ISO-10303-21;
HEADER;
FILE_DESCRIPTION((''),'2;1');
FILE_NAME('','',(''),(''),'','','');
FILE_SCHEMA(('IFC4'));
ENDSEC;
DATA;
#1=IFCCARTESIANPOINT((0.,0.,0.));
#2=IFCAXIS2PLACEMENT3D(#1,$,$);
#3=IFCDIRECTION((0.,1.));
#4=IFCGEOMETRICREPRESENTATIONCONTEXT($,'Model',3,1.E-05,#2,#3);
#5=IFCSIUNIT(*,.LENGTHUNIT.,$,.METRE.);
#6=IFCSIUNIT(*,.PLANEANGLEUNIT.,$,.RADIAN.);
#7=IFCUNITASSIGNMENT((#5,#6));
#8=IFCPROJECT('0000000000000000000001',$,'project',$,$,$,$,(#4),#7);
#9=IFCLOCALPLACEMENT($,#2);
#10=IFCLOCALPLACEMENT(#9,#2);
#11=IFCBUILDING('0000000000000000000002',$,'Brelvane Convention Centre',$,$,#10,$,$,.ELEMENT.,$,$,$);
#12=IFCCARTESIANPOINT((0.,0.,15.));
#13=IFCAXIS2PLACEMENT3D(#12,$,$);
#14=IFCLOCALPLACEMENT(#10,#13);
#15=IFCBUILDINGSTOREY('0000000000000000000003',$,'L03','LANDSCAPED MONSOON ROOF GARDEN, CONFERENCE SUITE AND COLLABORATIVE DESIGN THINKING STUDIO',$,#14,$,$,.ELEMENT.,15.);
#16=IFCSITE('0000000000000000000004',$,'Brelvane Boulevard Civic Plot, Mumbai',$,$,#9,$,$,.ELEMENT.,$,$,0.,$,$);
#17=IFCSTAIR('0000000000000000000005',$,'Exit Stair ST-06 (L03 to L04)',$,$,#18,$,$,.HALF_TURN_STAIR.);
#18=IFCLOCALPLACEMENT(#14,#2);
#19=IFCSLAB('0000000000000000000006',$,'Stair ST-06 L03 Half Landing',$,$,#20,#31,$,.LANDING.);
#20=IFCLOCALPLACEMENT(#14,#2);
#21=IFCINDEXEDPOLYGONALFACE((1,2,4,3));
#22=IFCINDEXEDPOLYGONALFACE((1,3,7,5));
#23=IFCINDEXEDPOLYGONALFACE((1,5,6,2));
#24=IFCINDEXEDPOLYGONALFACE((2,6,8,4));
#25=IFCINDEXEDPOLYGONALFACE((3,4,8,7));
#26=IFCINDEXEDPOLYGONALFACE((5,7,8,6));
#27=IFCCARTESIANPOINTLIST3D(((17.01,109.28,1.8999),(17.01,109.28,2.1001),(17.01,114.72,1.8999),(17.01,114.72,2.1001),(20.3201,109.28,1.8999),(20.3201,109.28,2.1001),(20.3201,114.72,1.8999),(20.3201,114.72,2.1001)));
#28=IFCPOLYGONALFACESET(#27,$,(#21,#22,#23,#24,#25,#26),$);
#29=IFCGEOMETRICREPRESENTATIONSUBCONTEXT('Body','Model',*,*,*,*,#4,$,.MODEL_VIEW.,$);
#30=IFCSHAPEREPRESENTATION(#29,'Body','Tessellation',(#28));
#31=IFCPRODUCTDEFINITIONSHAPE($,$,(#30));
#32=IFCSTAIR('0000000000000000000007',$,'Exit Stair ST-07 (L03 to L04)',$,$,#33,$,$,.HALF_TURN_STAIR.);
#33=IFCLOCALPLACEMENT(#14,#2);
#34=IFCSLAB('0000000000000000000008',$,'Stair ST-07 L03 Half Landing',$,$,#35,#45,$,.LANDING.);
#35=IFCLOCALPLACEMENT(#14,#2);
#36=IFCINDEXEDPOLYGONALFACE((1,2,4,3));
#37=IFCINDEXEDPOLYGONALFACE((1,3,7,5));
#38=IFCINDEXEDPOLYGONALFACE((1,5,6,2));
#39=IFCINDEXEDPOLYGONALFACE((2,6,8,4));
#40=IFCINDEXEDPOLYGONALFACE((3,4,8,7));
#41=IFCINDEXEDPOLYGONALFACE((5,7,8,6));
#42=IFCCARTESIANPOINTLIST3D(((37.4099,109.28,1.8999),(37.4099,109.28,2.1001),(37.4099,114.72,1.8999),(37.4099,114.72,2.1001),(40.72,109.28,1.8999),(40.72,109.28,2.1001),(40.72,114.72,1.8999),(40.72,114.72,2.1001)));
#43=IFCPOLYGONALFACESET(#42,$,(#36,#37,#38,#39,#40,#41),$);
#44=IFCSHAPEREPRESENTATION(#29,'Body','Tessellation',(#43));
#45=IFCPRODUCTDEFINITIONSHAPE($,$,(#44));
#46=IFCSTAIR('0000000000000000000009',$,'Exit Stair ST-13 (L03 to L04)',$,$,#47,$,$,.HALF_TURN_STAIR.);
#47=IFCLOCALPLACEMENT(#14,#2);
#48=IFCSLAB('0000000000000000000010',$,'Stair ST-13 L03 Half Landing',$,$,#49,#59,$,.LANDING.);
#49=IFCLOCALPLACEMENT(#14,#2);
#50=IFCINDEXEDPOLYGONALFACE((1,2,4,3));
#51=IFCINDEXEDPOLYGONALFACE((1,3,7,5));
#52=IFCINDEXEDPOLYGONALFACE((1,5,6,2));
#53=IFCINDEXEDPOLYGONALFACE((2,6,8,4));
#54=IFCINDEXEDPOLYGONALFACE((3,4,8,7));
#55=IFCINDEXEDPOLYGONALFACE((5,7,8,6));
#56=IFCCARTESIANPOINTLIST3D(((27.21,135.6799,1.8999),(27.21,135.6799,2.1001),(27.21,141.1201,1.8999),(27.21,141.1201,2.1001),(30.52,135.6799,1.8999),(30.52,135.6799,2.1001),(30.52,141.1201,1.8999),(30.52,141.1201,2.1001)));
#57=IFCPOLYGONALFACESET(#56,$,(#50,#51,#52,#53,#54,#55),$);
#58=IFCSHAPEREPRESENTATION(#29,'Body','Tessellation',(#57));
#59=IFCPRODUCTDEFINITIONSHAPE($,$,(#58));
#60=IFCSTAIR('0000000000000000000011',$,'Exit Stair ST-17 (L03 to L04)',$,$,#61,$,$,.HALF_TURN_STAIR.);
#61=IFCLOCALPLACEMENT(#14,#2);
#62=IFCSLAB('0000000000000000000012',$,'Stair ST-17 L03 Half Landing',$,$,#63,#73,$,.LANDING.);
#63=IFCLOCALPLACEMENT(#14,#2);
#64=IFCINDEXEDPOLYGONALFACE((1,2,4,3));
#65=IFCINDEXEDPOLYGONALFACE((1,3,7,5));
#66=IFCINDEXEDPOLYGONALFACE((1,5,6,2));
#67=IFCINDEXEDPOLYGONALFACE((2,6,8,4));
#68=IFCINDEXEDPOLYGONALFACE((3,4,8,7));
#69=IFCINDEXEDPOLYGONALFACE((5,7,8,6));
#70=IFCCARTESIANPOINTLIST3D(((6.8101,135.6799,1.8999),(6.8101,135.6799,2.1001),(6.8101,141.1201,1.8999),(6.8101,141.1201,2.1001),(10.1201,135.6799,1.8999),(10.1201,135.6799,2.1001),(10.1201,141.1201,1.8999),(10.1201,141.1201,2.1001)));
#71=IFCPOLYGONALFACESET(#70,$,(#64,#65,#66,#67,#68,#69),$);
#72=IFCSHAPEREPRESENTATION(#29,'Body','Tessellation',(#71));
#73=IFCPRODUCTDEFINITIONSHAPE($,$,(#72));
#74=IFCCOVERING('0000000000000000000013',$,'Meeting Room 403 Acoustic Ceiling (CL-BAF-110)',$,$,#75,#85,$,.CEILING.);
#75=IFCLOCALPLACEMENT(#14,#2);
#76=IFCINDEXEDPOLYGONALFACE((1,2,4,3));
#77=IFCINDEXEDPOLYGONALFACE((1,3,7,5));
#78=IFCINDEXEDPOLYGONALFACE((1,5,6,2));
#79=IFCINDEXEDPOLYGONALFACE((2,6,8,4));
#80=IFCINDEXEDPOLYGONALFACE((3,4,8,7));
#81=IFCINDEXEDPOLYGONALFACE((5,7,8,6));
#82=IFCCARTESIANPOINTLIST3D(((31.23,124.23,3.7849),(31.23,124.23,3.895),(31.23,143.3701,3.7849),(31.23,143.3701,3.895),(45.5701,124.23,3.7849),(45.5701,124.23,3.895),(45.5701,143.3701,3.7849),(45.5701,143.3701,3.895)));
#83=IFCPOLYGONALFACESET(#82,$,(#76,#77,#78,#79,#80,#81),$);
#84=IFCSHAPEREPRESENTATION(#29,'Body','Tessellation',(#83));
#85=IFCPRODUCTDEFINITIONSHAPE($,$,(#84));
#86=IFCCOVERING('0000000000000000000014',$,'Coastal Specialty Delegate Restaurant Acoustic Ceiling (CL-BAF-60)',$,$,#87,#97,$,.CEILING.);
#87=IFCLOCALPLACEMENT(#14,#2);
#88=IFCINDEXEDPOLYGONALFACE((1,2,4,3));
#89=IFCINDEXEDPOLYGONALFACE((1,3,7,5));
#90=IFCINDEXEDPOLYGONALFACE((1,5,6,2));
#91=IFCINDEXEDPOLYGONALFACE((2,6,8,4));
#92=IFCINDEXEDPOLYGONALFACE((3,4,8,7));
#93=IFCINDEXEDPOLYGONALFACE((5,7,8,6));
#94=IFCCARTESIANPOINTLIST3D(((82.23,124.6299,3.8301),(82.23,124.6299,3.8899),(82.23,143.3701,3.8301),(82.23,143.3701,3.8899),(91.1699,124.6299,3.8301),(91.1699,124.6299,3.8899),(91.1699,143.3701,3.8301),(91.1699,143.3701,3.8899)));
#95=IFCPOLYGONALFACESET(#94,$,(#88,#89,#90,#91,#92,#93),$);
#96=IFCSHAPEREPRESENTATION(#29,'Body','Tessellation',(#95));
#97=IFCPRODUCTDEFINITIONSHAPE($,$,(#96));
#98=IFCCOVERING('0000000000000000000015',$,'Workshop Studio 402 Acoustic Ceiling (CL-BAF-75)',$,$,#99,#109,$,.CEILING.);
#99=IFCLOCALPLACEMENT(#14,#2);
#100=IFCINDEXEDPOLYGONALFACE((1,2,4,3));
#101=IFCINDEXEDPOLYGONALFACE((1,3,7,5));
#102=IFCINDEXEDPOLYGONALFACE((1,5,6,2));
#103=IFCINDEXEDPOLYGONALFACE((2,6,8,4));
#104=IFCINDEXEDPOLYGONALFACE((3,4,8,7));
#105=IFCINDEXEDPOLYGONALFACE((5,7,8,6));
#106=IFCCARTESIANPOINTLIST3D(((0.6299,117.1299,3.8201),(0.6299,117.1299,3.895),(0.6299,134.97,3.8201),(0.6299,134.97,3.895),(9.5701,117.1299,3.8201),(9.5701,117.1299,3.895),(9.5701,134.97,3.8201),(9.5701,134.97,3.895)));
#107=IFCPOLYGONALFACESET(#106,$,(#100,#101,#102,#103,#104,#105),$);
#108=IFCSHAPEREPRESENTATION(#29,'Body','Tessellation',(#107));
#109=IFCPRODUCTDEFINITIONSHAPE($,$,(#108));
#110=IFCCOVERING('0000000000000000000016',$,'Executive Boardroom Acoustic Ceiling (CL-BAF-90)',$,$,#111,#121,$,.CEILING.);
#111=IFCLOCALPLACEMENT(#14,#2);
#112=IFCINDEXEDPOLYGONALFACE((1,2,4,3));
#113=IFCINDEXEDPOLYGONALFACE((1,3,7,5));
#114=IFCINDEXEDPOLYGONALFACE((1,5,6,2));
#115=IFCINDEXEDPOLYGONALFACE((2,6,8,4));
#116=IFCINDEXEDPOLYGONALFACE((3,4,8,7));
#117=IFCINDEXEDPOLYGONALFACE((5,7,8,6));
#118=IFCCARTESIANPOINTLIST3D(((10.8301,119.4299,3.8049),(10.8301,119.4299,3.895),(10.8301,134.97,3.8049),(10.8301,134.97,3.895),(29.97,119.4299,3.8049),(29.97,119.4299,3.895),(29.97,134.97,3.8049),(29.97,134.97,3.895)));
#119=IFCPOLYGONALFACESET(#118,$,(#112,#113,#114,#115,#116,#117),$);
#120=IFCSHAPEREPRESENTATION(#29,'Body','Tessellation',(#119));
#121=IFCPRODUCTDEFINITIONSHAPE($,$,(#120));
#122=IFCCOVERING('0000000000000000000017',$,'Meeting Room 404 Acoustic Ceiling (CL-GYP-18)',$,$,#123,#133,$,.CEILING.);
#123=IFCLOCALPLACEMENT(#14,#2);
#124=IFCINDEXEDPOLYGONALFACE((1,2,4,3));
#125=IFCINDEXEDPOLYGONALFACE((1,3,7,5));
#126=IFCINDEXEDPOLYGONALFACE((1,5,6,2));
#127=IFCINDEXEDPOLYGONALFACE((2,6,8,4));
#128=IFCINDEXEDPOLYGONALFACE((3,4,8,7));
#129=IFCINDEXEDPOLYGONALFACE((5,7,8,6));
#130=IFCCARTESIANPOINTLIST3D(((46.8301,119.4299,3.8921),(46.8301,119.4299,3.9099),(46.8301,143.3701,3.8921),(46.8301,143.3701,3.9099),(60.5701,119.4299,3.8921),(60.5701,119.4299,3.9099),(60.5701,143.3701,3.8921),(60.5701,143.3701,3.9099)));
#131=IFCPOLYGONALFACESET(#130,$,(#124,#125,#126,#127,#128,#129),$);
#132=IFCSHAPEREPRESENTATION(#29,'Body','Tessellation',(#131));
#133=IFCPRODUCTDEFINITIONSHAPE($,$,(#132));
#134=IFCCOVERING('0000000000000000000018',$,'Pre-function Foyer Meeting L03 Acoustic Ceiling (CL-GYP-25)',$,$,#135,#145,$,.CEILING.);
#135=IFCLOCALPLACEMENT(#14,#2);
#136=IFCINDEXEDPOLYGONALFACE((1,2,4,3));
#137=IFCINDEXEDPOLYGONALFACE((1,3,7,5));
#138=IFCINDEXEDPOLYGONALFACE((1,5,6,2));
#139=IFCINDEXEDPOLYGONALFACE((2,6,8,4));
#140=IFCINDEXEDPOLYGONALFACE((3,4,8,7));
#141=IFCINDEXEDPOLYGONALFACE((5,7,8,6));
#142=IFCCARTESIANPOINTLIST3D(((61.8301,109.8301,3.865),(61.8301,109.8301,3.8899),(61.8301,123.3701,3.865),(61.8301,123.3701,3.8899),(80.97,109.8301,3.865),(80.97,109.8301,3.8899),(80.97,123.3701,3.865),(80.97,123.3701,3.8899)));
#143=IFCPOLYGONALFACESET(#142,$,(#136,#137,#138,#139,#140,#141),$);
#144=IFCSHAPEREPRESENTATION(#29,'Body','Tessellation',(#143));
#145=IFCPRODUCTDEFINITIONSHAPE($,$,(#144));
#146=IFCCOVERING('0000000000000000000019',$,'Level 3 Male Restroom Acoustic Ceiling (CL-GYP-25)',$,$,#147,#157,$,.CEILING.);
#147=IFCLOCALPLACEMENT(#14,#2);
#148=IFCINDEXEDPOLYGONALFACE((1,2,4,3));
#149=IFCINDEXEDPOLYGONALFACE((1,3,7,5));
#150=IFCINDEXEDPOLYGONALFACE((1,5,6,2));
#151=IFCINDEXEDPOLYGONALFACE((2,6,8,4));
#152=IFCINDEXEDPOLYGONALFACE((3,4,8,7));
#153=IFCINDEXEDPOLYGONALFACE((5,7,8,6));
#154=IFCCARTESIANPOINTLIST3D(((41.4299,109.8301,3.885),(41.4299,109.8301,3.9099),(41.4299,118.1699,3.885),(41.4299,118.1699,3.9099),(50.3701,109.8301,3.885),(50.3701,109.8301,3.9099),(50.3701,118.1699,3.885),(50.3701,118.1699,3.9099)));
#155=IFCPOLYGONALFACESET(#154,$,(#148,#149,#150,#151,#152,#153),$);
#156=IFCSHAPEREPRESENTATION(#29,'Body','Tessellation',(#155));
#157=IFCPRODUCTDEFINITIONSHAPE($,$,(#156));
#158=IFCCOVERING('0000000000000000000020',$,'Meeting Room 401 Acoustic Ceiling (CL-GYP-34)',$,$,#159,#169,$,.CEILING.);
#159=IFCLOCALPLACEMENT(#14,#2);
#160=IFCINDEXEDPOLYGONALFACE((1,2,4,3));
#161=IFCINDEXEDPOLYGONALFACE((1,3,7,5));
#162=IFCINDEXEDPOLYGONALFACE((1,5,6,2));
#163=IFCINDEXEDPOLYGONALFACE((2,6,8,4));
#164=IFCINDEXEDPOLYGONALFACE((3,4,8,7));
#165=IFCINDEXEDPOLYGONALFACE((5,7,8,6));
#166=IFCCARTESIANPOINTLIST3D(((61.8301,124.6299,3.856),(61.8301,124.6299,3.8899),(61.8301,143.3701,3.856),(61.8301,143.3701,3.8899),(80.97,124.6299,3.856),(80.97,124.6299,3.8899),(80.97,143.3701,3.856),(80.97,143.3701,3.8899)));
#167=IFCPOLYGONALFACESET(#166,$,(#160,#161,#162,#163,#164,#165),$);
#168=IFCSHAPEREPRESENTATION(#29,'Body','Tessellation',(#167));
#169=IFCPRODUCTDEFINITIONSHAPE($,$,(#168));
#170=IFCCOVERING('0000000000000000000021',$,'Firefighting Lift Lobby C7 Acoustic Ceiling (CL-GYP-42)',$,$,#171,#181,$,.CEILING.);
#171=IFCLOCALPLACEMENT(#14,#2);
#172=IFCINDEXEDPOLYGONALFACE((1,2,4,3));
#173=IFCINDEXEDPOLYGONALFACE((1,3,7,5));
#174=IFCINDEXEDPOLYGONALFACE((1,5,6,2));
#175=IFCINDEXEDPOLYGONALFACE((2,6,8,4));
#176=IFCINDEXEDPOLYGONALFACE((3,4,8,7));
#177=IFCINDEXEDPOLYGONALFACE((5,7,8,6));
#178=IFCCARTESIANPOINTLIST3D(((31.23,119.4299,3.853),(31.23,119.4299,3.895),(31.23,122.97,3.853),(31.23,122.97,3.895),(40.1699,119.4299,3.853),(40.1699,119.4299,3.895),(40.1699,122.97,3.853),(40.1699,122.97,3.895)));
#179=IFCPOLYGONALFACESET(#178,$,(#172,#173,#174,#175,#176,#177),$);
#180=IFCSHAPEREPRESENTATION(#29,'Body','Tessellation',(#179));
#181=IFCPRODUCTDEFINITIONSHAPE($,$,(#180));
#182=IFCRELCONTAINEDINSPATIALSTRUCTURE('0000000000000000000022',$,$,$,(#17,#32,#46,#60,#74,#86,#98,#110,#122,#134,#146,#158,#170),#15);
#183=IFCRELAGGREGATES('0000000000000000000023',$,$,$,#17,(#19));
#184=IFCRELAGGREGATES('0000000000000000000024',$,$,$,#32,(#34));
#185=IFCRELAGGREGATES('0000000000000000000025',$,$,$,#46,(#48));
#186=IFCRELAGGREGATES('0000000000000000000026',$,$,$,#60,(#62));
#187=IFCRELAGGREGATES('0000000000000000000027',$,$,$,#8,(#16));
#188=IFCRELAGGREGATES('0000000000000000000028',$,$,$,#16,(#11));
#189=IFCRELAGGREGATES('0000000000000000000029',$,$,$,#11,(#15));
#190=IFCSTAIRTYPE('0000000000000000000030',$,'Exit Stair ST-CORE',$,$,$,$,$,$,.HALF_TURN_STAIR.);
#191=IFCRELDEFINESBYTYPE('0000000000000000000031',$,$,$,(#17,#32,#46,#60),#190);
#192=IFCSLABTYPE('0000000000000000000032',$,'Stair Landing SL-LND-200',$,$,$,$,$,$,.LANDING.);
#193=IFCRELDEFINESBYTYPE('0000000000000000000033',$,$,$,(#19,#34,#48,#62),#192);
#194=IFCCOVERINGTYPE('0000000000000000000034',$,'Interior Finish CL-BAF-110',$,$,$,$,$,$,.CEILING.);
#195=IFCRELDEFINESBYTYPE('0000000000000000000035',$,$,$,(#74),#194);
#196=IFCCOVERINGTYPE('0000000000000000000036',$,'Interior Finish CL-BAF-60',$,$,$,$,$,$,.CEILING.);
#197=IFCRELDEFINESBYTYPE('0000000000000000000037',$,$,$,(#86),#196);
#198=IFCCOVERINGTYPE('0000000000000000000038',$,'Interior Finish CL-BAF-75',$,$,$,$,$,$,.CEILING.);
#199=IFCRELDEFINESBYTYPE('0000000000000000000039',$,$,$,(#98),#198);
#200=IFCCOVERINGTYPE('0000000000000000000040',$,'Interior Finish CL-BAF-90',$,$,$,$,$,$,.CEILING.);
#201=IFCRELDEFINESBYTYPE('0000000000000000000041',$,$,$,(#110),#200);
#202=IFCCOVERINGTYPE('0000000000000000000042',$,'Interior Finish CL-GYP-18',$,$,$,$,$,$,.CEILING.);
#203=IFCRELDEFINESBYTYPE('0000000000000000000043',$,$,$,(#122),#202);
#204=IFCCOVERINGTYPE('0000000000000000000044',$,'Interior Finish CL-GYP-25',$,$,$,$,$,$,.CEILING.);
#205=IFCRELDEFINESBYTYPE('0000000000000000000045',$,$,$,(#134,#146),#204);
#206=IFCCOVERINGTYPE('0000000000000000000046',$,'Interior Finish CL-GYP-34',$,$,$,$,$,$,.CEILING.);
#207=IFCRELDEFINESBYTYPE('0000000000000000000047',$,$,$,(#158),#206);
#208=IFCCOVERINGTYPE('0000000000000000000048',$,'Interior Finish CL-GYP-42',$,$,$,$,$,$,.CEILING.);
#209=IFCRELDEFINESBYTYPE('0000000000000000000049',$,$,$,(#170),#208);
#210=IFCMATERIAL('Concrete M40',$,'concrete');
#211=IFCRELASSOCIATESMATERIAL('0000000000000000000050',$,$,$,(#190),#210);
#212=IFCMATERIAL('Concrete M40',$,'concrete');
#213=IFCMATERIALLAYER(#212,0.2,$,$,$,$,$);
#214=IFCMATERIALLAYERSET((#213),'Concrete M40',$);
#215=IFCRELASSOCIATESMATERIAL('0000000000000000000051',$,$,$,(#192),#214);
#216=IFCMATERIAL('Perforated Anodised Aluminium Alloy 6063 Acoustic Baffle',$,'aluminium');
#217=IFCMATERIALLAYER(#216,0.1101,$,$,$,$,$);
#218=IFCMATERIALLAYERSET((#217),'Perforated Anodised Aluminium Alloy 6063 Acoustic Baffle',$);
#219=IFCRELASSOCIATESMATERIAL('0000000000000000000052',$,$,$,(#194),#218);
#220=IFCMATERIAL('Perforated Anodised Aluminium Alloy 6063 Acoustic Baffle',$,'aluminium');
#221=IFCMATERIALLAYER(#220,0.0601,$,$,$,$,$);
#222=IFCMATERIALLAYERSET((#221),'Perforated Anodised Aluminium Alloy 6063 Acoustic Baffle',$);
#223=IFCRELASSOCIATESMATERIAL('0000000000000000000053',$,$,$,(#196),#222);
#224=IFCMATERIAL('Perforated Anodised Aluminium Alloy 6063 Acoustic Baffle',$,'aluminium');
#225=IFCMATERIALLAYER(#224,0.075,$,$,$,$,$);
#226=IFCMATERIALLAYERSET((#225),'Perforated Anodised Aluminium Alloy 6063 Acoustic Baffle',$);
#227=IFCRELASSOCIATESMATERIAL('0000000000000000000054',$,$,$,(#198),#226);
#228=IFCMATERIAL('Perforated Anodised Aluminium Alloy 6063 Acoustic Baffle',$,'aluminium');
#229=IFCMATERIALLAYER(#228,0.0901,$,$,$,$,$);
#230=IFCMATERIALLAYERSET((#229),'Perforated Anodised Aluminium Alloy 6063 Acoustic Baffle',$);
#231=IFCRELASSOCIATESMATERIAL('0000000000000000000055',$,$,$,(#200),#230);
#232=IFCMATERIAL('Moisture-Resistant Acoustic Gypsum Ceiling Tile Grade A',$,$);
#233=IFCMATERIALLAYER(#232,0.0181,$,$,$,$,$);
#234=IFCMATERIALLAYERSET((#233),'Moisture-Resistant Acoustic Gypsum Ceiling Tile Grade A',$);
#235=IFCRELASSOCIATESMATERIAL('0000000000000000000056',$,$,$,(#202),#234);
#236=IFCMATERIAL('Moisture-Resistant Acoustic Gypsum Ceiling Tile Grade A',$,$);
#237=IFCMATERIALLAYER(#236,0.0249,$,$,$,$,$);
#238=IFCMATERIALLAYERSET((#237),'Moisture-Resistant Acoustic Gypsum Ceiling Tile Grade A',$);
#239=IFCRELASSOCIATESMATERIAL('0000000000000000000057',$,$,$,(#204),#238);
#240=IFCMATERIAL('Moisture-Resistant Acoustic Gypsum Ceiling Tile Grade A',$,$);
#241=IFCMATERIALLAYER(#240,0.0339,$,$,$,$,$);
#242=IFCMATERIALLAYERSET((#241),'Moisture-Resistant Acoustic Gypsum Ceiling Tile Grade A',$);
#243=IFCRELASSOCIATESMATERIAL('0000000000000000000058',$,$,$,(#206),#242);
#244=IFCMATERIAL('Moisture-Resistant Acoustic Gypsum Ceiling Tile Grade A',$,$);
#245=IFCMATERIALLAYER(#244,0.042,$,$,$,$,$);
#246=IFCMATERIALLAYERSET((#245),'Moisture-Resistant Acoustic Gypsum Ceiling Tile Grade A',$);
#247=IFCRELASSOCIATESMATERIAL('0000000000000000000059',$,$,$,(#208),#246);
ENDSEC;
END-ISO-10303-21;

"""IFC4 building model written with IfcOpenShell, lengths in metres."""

from ifc_helpers import new_model, si_unit, direction, frame, origin, place, context, subcontext, project, spatial, polyline, outline, extrude, material, layer, layer_set, type_object, element, aggregate, save


model = new_model("IFC4")

# Units and contexts
model_context = context("Model", 3, precision=1e-05, world=origin(), true_north=direction((0.0, 1.0)))
body_context = subcontext(model_context, "Body", "Model", "MODEL_VIEW")
ifc_project = project(units=[si_unit("LENGTHUNIT", "METRE"), si_unit("PLANEANGLEUNIT", "RADIAN")], contexts=[model_context])

# Site, building, storey
site_placement = place(None, origin())
site = spatial("IfcSite", under=ifc_project, at=site_placement, Name="Brelvane Boulevard Civic Plot, Mumbai", CompositionType="ELEMENT", RefElevation=0.0)
building_placement = place(site_placement, origin())
building = spatial("IfcBuilding", under=site, at=building_placement, Name="Brelvane Convention Centre", CompositionType="ELEMENT")
storey_placement = place(building_placement, frame((0.0, 0.0, 15.0)))
storey = spatial("IfcBuildingStorey", under=building, at=storey_placement, Name="L03", Description="LANDSCAPED MONSOON ROOF GARDEN, CONFERENCE SUITE AND COLLABORATIVE DESIGN THINKING STUDIO", CompositionType="ELEMENT", Elevation=15.0)

# Stairs, slabs
ifc_material_1 = material(Name="Concrete M40", Category="concrete")
stair_type = type_object("IfcStairType", Name="Exit Stair ST-CORE", PredefinedType="HALF_TURN_STAIR", material=ifc_material_1)
stair_1_placement = place(storey_placement, origin())
stair_1 = element("IfcStair", 1, at=stair_1_placement, inside=storey, type_object=stair_type, Name="Exit Stair ST-06 (L03 to L04)", PredefinedType="HALF_TURN_STAIR")
ifc_material_2 = material(Name="Concrete M40", Category="concrete")
ifc_layer_1 = layer(ifc_material_2, 0.2)
ifc_layer_set_1 = layer_set([ifc_layer_1], Name="Concrete M40")
slab_type = type_object("IfcSlabType", Name="Stair Landing SL-LND-200", PredefinedType="LANDING", material=ifc_layer_set_1)
slab_1_placement = place(storey_placement, frame((0.0, 0.0, 1.8999)))
slab_1 = element("IfcSlab", 2, at=slab_1_placement, type_object=slab_type, Name="Stair ST-06 L03 Half Landing", PredefinedType="LANDING", context=body_context, shape_type="SweptSolid", body=[
    extrude(outline(polyline([(17.01, 109.28), (20.3201, 109.28), (20.3201, 114.72), (17.01, 114.72), (17.01, 109.28)])), origin(), (0.0, 0.0, 1.0), 0.2002),
])
aggregate(stair_1, [slab_1])
stair_2_placement = place(storey_placement, origin())
stair_2 = element("IfcStair", 3, at=stair_2_placement, inside=storey, type_object=stair_type, Name="Exit Stair ST-07 (L03 to L04)", PredefinedType="HALF_TURN_STAIR")
slab_2_placement = place(storey_placement, frame((0.0, 0.0, 1.8999)))
slab_2 = element("IfcSlab", 4, at=slab_2_placement, type_object=slab_type, Name="Stair ST-07 L03 Half Landing", PredefinedType="LANDING", context=body_context, shape_type="SweptSolid", body=[
    extrude(outline(polyline([(37.4099, 109.28), (40.72, 109.28), (40.72, 114.72), (37.4099, 114.72), (37.4099, 109.28)])), origin(), (0.0, 0.0, 1.0), 0.2002),
])
aggregate(stair_2, [slab_2])
stair_3_placement = place(storey_placement, origin())
stair_3 = element("IfcStair", 5, at=stair_3_placement, inside=storey, type_object=stair_type, Name="Exit Stair ST-13 (L03 to L04)", PredefinedType="HALF_TURN_STAIR")
slab_3_placement = place(storey_placement, frame((0.0, 0.0, 1.8999)))
slab_3 = element("IfcSlab", 6, at=slab_3_placement, type_object=slab_type, Name="Stair ST-13 L03 Half Landing", PredefinedType="LANDING", context=body_context, shape_type="SweptSolid", body=[
    extrude(outline(polyline([(27.21, 135.6799), (30.52, 135.6799), (30.52, 141.1201), (27.21, 141.1201), (27.21, 135.6799)])), origin(), (0.0, 0.0, 1.0), 0.2002),
])
aggregate(stair_3, [slab_3])
stair_4_placement = place(storey_placement, origin())
stair_4 = element("IfcStair", 7, at=stair_4_placement, inside=storey, type_object=stair_type, Name="Exit Stair ST-17 (L03 to L04)", PredefinedType="HALF_TURN_STAIR")
slab_4_placement = place(storey_placement, frame((0.0, 0.0, 1.8999)))
slab_4 = element("IfcSlab", 8, at=slab_4_placement, type_object=slab_type, Name="Stair ST-17 L03 Half Landing", PredefinedType="LANDING", context=body_context, shape_type="SweptSolid", body=[
    extrude(outline(polyline([(6.8101, 135.6799), (10.1201, 135.6799), (10.1201, 141.1201), (6.8101, 141.1201), (6.8101, 135.6799)])), origin(), (0.0, 0.0, 1.0), 0.2002),
])
aggregate(stair_4, [slab_4])

# Coverings
ifc_material_3 = material(Name="Perforated Anodised Aluminium Alloy 6063 Acoustic Baffle", Category="aluminium")
ifc_layer_2 = layer(ifc_material_3, 0.1101)
ifc_layer_set_2 = layer_set([ifc_layer_2], Name="Perforated Anodised Aluminium Alloy 6063 Acoustic Baffle")
covering_type_1 = type_object("IfcCoveringType", Name="Interior Finish CL-BAF-110", PredefinedType="CEILING", material=ifc_layer_set_2)
covering_1_placement = place(storey_placement, frame((0.0, 0.0, 3.7849)))
element("IfcCovering", 9, at=covering_1_placement, inside=storey, type_object=covering_type_1, Name="Meeting Room 403 Acoustic Ceiling (CL-BAF-110)", PredefinedType="CEILING", context=body_context, shape_type="SweptSolid", body=[
    extrude(outline(polyline([(31.23, 124.23), (45.5701, 124.23), (45.5701, 143.3701), (31.23, 143.3701), (31.23, 124.23)])), origin(), (0.0, 0.0, 1.0), 0.1101),
])
ifc_material_4 = material(Name="Perforated Anodised Aluminium Alloy 6063 Acoustic Baffle", Category="aluminium")
ifc_layer_3 = layer(ifc_material_4, 0.0601)
ifc_layer_set_3 = layer_set([ifc_layer_3], Name="Perforated Anodised Aluminium Alloy 6063 Acoustic Baffle")
covering_type_2 = type_object("IfcCoveringType", Name="Interior Finish CL-BAF-60", PredefinedType="CEILING", material=ifc_layer_set_3)
covering_2_placement = place(storey_placement, frame((0.0, 0.0, 3.8301)))
element("IfcCovering", 10, at=covering_2_placement, inside=storey, type_object=covering_type_2, Name="Coastal Specialty Delegate Restaurant Acoustic Ceiling (CL-BAF-60)", PredefinedType="CEILING", context=body_context, shape_type="SweptSolid", body=[
    extrude(outline(polyline([(82.23, 124.6299), (91.1699, 124.6299), (91.1699, 143.3701), (82.23, 143.3701), (82.23, 124.6299)])), origin(), (0.0, 0.0, 1.0), 0.0598),
])
ifc_material_5 = material(Name="Perforated Anodised Aluminium Alloy 6063 Acoustic Baffle", Category="aluminium")
ifc_layer_4 = layer(ifc_material_5, 0.075)
ifc_layer_set_4 = layer_set([ifc_layer_4], Name="Perforated Anodised Aluminium Alloy 6063 Acoustic Baffle")
covering_type_3 = type_object("IfcCoveringType", Name="Interior Finish CL-BAF-75", PredefinedType="CEILING", material=ifc_layer_set_4)
covering_3_placement = place(storey_placement, frame((0.0, 0.0, 3.8201)))
element("IfcCovering", 11, at=covering_3_placement, inside=storey, type_object=covering_type_3, Name="Workshop Studio 402 Acoustic Ceiling (CL-BAF-75)", PredefinedType="CEILING", context=body_context, shape_type="SweptSolid", body=[
    extrude(outline(polyline([(0.6299, 117.1299), (9.5701, 117.1299), (9.5701, 134.97), (0.6299, 134.97), (0.6299, 117.1299)])), origin(), (0.0, 0.0, 1.0), 0.075),
])
ifc_material_6 = material(Name="Perforated Anodised Aluminium Alloy 6063 Acoustic Baffle", Category="aluminium")
ifc_layer_5 = layer(ifc_material_6, 0.0901)
ifc_layer_set_5 = layer_set([ifc_layer_5], Name="Perforated Anodised Aluminium Alloy 6063 Acoustic Baffle")
covering_type_4 = type_object("IfcCoveringType", Name="Interior Finish CL-BAF-90", PredefinedType="CEILING", material=ifc_layer_set_5)
covering_4_placement = place(storey_placement, frame((0.0, 0.0, 3.8049)))
element("IfcCovering", 12, at=covering_4_placement, inside=storey, type_object=covering_type_4, Name="Executive Boardroom Acoustic Ceiling (CL-BAF-90)", PredefinedType="CEILING", context=body_context, shape_type="SweptSolid", body=[
    extrude(outline(polyline([(10.8301, 119.4299), (29.97, 119.4299), (29.97, 134.97), (10.8301, 134.97), (10.8301, 119.4299)])), origin(), (0.0, 0.0, 1.0), 0.0901),
])
ifc_material_7 = material(Name="Moisture-Resistant Acoustic Gypsum Ceiling Tile Grade A")
ifc_layer_6 = layer(ifc_material_7, 0.0181)
ifc_layer_set_6 = layer_set([ifc_layer_6], Name="Moisture-Resistant Acoustic Gypsum Ceiling Tile Grade A")
covering_type_5 = type_object("IfcCoveringType", Name="Interior Finish CL-GYP-18", PredefinedType="CEILING", material=ifc_layer_set_6)
covering_5_placement = place(storey_placement, frame((0.0, 0.0, 3.8921)))
element("IfcCovering", 13, at=covering_5_placement, inside=storey, type_object=covering_type_5, Name="Meeting Room 404 Acoustic Ceiling (CL-GYP-18)", PredefinedType="CEILING", context=body_context, shape_type="SweptSolid", body=[
    extrude(outline(polyline([(46.8301, 119.4299), (60.5701, 119.4299), (60.5701, 143.3701), (46.8301, 143.3701), (46.8301, 119.4299)])), origin(), (0.0, 0.0, 1.0), 0.0178),
])
ifc_material_8 = material(Name="Moisture-Resistant Acoustic Gypsum Ceiling Tile Grade A")
ifc_layer_7 = layer(ifc_material_8, 0.0249)
ifc_layer_set_7 = layer_set([ifc_layer_7], Name="Moisture-Resistant Acoustic Gypsum Ceiling Tile Grade A")
covering_type_6 = type_object("IfcCoveringType", Name="Interior Finish CL-GYP-25", PredefinedType="CEILING", material=ifc_layer_set_7)
covering_6_placement = place(storey_placement, frame((0.0, 0.0, 3.865)))
element("IfcCovering", 14, at=covering_6_placement, inside=storey, type_object=covering_type_6, Name="Pre-function Foyer Meeting L03 Acoustic Ceiling (CL-GYP-25)", PredefinedType="CEILING", context=body_context, shape_type="SweptSolid", body=[
    extrude(outline(polyline([(61.8301, 109.8301), (80.97, 109.8301), (80.97, 123.3701), (61.8301, 123.3701), (61.8301, 109.8301)])), origin(), (0.0, 0.0, 1.0), 0.0249),
])
covering_7_placement = place(storey_placement, frame((0.0, 0.0, 3.885)))
element("IfcCovering", 15, at=covering_7_placement, inside=storey, type_object=covering_type_6, Name="Level 3 Male Restroom Acoustic Ceiling (CL-GYP-25)", PredefinedType="CEILING", context=body_context, shape_type="SweptSolid", body=[
    extrude(outline(polyline([(41.4299, 109.8301), (50.3701, 109.8301), (50.3701, 118.1699), (41.4299, 118.1699), (41.4299, 109.8301)])), origin(), (0.0, 0.0, 1.0), 0.0249),
])
ifc_material_9 = material(Name="Moisture-Resistant Acoustic Gypsum Ceiling Tile Grade A")
ifc_layer_8 = layer(ifc_material_9, 0.0339)
ifc_layer_set_8 = layer_set([ifc_layer_8], Name="Moisture-Resistant Acoustic Gypsum Ceiling Tile Grade A")
covering_type_7 = type_object("IfcCoveringType", Name="Interior Finish CL-GYP-34", PredefinedType="CEILING", material=ifc_layer_set_8)
covering_8_placement = place(storey_placement, frame((0.0, 0.0, 3.856)))
element("IfcCovering", 16, at=covering_8_placement, inside=storey, type_object=covering_type_7, Name="Meeting Room 401 Acoustic Ceiling (CL-GYP-34)", PredefinedType="CEILING", context=body_context, shape_type="SweptSolid", body=[
    extrude(outline(polyline([(61.8301, 124.6299), (80.97, 124.6299), (80.97, 143.3701), (61.8301, 143.3701), (61.8301, 124.6299)])), origin(), (0.0, 0.0, 1.0), 0.0339),
])
ifc_material_10 = material(Name="Moisture-Resistant Acoustic Gypsum Ceiling Tile Grade A")
ifc_layer_9 = layer(ifc_material_10, 0.042)
ifc_layer_set_9 = layer_set([ifc_layer_9], Name="Moisture-Resistant Acoustic Gypsum Ceiling Tile Grade A")
covering_type_8 = type_object("IfcCoveringType", Name="Interior Finish CL-GYP-42", PredefinedType="CEILING", material=ifc_layer_set_9)
covering_9_placement = place(storey_placement, frame((0.0, 0.0, 3.853)))
element("IfcCovering", 17, at=covering_9_placement, inside=storey, type_object=covering_type_8, Name="Firefighting Lift Lobby C7 Acoustic Ceiling (CL-GYP-42)", PredefinedType="CEILING", context=body_context, shape_type="SweptSolid", body=[
    extrude(outline(polyline([(31.23, 119.4299), (40.1699, 119.4299), (40.1699, 122.97), (31.23, 122.97), (31.23, 119.4299)])), origin(), (0.0, 0.0, 1.0), 0.042),
])

save(model, "model.ifc")
